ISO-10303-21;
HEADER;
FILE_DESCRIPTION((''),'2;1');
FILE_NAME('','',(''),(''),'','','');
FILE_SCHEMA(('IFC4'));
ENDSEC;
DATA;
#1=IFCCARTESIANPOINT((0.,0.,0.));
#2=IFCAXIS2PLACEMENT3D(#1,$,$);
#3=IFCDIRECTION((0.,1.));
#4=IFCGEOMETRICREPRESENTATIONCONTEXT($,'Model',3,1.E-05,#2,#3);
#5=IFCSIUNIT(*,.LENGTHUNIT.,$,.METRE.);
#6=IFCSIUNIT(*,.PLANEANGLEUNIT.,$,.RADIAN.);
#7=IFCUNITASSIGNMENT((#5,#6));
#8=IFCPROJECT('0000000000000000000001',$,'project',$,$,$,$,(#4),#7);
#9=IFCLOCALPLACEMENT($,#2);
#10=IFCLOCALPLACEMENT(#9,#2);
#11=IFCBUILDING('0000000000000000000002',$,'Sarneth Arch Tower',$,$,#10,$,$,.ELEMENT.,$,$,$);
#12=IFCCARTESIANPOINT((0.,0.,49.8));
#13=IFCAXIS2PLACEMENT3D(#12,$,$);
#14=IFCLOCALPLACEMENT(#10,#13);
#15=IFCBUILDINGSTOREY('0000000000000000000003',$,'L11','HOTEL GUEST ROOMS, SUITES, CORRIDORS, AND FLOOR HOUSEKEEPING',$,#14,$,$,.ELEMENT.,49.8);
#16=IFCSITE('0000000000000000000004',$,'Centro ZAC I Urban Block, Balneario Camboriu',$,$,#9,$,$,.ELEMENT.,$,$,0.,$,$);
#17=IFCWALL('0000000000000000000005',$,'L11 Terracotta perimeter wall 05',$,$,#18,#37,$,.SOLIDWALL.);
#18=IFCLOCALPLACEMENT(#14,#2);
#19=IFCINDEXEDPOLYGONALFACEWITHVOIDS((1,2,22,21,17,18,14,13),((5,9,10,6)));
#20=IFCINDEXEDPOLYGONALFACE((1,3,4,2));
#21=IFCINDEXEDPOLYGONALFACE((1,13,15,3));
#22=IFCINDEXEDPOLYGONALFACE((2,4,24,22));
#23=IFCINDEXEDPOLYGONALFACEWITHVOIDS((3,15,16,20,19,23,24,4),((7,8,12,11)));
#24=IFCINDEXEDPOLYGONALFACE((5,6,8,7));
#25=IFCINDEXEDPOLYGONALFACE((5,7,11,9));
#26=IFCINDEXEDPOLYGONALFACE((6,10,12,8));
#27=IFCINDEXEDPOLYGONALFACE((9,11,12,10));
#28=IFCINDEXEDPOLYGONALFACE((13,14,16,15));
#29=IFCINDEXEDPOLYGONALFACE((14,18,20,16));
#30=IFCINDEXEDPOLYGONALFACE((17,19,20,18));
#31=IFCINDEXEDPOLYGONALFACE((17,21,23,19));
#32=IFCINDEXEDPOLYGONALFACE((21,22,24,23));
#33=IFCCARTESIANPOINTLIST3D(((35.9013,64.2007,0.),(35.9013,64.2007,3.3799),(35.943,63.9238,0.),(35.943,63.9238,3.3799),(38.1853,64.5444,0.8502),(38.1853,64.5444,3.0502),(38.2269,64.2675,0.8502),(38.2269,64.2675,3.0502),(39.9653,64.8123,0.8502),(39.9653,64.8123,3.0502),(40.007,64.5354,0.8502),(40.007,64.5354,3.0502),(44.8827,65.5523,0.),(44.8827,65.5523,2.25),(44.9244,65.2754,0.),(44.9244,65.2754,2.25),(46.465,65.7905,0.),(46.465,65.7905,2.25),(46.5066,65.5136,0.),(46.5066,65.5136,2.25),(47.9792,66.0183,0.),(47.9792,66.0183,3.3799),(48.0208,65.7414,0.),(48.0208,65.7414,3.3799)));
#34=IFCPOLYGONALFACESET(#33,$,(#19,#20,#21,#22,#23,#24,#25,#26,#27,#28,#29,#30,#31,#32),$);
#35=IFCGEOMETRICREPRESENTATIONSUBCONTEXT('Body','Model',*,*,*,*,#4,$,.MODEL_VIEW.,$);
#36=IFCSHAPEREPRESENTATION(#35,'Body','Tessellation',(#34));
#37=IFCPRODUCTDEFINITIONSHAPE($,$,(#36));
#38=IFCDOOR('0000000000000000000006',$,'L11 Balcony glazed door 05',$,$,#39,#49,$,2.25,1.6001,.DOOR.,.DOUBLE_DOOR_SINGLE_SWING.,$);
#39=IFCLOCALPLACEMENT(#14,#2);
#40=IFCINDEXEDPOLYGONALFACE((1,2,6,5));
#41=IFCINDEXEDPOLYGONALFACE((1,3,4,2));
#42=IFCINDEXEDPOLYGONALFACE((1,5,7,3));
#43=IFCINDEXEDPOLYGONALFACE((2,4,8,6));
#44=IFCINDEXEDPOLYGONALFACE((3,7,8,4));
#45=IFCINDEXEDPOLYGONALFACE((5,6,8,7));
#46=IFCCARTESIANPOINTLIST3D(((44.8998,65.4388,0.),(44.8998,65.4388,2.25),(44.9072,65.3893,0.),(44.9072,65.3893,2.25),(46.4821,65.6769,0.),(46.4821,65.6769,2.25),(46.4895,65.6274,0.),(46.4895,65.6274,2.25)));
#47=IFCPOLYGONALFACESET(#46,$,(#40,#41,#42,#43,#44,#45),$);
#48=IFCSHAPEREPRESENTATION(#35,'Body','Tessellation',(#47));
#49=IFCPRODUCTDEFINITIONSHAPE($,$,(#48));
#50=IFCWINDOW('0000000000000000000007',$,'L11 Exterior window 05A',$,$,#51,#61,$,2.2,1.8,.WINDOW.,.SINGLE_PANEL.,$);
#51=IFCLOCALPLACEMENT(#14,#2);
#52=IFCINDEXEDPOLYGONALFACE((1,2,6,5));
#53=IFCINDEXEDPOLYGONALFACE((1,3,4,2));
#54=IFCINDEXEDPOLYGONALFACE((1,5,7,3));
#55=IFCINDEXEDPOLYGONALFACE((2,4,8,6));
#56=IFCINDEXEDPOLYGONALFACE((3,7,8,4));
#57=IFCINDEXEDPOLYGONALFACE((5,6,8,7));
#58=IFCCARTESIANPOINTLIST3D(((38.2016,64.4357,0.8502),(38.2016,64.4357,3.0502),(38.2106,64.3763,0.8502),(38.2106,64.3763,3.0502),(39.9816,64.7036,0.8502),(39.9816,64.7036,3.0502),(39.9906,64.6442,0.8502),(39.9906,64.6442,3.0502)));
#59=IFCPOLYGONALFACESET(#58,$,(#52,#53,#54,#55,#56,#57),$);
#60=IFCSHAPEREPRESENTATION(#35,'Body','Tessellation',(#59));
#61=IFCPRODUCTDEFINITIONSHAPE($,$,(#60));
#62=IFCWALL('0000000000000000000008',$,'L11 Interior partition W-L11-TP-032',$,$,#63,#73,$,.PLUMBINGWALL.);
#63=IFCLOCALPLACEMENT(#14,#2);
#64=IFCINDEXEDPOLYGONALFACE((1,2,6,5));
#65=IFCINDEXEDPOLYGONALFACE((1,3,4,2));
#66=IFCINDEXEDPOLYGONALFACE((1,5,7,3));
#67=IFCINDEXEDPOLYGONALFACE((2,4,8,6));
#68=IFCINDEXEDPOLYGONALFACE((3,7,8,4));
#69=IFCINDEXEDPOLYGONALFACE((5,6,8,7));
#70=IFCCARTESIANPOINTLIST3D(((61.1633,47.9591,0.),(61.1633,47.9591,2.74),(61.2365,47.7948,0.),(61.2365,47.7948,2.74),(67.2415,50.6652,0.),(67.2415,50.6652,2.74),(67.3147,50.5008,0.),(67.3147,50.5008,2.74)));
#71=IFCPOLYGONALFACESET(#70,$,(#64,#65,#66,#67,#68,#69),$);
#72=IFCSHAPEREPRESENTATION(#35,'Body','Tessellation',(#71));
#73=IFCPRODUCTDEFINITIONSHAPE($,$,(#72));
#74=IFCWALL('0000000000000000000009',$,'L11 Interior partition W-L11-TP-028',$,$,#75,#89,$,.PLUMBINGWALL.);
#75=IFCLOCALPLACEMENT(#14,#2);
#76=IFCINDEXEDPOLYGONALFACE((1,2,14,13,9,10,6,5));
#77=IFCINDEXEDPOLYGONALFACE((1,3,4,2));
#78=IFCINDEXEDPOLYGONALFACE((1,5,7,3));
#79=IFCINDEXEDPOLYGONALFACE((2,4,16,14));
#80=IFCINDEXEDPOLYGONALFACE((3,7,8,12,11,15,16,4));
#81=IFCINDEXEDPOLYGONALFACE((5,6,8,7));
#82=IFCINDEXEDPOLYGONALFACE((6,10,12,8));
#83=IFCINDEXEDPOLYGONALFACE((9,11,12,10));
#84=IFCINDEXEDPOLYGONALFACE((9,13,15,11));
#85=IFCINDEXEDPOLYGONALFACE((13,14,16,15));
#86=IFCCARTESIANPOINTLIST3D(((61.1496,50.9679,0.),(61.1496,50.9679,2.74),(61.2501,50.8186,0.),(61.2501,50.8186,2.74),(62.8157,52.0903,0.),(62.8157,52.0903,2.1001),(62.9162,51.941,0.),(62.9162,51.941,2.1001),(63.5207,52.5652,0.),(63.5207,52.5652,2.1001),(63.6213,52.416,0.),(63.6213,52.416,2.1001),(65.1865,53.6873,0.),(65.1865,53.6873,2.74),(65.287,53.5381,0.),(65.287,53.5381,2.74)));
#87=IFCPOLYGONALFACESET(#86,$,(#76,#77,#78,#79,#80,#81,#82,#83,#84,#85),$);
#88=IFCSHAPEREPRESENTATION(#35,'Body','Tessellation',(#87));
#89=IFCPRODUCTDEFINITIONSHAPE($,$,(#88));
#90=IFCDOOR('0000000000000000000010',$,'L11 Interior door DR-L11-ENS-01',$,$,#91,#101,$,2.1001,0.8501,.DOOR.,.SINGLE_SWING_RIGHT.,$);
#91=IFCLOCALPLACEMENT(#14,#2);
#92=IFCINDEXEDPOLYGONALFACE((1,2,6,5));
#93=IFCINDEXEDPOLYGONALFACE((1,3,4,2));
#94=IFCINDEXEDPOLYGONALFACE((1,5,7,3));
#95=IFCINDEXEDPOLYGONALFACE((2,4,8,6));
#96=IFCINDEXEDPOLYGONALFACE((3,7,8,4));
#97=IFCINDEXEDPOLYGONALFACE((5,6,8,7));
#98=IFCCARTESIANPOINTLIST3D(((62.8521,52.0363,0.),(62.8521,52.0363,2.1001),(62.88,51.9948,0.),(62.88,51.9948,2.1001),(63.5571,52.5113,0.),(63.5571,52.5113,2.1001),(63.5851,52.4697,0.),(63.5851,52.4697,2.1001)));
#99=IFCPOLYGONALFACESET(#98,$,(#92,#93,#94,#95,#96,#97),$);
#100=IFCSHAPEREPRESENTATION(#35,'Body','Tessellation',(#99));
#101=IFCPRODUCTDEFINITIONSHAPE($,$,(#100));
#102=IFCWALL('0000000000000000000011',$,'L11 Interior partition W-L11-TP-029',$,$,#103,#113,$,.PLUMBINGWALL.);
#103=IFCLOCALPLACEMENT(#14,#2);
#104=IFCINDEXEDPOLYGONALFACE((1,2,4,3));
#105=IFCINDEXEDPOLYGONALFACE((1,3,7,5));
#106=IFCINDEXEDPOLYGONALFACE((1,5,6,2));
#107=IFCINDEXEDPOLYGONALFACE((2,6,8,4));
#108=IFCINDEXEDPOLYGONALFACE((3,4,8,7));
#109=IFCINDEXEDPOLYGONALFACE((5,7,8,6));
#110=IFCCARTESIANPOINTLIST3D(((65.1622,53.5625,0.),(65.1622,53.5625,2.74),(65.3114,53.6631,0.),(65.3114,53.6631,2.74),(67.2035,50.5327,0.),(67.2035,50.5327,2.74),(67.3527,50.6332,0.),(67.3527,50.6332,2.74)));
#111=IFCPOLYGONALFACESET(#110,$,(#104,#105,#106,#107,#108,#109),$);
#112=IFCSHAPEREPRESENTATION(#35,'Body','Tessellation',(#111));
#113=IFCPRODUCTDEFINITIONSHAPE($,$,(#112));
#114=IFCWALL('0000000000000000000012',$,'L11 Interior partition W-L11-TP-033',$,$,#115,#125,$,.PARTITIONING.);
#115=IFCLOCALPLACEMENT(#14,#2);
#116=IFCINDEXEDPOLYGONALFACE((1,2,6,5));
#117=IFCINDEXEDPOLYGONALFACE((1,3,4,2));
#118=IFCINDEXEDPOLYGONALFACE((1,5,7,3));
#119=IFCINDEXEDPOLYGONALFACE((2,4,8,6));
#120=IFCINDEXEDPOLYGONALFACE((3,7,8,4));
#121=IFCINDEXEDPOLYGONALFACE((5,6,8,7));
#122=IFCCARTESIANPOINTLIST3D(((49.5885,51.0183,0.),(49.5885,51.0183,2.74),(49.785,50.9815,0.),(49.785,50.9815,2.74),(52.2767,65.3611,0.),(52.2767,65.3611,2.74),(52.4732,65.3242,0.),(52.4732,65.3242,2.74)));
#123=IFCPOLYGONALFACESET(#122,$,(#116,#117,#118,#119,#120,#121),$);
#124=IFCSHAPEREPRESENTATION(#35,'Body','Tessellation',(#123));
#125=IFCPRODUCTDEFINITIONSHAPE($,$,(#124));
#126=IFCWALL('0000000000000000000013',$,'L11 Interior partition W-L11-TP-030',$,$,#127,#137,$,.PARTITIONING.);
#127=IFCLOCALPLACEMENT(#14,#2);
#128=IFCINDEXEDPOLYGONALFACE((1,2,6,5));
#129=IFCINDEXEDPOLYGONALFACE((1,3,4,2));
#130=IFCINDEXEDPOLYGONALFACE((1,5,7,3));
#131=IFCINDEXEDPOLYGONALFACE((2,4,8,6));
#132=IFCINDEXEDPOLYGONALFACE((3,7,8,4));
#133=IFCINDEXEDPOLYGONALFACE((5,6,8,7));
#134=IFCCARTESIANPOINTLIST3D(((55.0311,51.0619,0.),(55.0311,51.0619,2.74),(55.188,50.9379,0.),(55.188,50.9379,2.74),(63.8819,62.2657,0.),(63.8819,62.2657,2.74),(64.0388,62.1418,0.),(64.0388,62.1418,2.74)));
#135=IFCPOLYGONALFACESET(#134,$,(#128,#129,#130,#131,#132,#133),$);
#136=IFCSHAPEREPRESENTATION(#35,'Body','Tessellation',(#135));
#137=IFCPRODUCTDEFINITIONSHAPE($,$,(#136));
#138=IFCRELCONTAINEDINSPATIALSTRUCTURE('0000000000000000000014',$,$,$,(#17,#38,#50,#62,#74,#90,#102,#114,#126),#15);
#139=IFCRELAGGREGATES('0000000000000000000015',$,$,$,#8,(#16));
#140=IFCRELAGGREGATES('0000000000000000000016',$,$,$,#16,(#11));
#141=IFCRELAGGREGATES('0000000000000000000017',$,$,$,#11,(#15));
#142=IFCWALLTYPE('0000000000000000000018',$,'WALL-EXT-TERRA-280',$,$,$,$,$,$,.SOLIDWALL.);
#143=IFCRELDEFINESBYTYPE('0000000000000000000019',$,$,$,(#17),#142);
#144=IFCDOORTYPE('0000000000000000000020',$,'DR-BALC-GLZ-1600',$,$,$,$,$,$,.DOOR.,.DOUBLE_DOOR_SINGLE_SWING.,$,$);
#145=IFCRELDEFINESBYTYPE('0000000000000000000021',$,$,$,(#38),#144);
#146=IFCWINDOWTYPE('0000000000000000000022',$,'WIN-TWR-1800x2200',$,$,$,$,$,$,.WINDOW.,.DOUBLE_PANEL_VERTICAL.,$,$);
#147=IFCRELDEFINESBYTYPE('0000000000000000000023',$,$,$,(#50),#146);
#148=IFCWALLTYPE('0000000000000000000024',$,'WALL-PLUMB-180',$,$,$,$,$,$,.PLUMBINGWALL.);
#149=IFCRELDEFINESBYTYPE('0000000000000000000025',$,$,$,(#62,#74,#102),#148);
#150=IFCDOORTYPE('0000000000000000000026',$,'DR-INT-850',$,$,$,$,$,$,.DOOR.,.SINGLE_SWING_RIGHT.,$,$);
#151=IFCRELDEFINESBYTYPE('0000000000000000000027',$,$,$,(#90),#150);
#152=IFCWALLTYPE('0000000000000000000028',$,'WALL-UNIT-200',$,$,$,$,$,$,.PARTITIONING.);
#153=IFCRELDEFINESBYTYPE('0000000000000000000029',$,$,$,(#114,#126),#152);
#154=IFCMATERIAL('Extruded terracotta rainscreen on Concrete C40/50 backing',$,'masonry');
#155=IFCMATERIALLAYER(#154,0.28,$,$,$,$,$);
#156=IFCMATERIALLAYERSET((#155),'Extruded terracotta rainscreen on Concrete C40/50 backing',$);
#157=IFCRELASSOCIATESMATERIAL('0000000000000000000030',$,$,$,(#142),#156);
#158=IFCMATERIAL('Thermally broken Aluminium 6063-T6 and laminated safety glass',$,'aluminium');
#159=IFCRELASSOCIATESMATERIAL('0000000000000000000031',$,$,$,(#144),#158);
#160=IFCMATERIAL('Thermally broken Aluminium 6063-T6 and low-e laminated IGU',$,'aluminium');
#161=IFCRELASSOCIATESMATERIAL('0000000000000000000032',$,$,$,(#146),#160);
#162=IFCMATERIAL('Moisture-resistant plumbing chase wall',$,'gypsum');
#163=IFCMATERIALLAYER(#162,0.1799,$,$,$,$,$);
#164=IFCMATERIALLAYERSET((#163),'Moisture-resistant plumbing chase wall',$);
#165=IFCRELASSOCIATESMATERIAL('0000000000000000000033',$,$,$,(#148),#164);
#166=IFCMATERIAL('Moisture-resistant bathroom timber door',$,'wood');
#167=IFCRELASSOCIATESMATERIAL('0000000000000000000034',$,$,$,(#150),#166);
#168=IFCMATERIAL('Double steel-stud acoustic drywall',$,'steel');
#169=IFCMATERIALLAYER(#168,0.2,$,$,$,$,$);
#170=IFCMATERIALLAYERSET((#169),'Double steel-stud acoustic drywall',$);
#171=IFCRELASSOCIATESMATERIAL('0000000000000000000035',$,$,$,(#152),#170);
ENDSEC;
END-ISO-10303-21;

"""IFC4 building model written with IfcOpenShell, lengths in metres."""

from ifc_helpers import new_model, si_unit, direction, frame, frame_2d, origin, place, context, subcontext, project, spatial, rectangle, extrude, material, layer, layer_set, type_object, element, fill, save


model = new_model("IFC4")

# Units and contexts
model_context = context("Model", 3, precision=1e-05, world=origin(), true_north=direction((0.0, 1.0)))
body_context = subcontext(model_context, "Body", "Model", "MODEL_VIEW")
ifc_project = project(units=[si_unit("LENGTHUNIT", "METRE"), si_unit("PLANEANGLEUNIT", "RADIAN")], contexts=[model_context])

# Site, building, storey
site_placement = place(None, origin())
site = spatial("IfcSite", under=ifc_project, at=site_placement, Name="Centro ZAC I Urban Block, Balneario Camboriu", CompositionType="ELEMENT", RefElevation=0.0)
building_placement = place(site_placement, origin())
building = spatial("IfcBuilding", under=site, at=building_placement, Name="Sarneth Arch Tower", CompositionType="ELEMENT")
storey_placement = place(building_placement, frame((0.0, 0.0, 49.8)))
storey = spatial("IfcBuildingStorey", under=building, at=storey_placement, Name="L11", Description="HOTEL GUEST ROOMS, SUITES, CORRIDORS, AND FLOOR HOUSEKEEPING", CompositionType="ELEMENT", Elevation=49.8)

# Wall, openings, door, window
ifc_material_1 = material(Name="Extruded terracotta rainscreen on Concrete C40/50 backing", Category="masonry")
ifc_layer_1 = layer(ifc_material_1, 0.28)
ifc_layer_set_1 = layer_set([ifc_layer_1], Name="Extruded terracotta rainscreen on Concrete C40/50 backing")
wall_type_1 = type_object("IfcWallType", Name="WALL-EXT-TERRA-280", PredefinedType="SOLIDWALL", material=ifc_layer_set_1)
wall_1_placement = place(storey_placement, frame((48.0, 65.8799, 0.0), z_axis=(0.0, 0.0, 1.0), x_axis=(-0.988865, -0.148816, 0.0)))
wall_1 = element("IfcWall", 1, at=wall_1_placement, inside=storey, type_object=wall_type_1, Name="L11 Terracotta perimeter wall 05", PredefinedType="SOLIDWALL", context=body_context, shape_type="SweptSolid", body=[
    extrude(rectangle(XDim=12.2139, YDim=0.28, at=frame_2d((6.1069, 0.0))), origin(), (0.0, 0.0, 1.0), 3.3799),
])
opening_1_placement = place(wall_1_placement, frame((1.5312, 0.0, 0.0)))
opening_1 = element("IfcOpeningElement", 2, at=opening_1_placement, cuts=wall_1, PredefinedType="OPENING", context=body_context, shape_type="SweptSolid", body=[
    extrude(rectangle(XDim=1.6001, YDim=2.25, at=frame_2d((0.8, 1.125))), frame((0.0, 0.1499, 0.0), z_axis=(0.0, -1.0, 0.0), x_axis=(1.0, 0.0, 0.0)), (0.0, 0.0, 1.0), 0.3),
])
opening_2_placement = place(wall_1_placement, frame((8.1042, 0.0, 0.8501)))
opening_2 = element("IfcOpeningElement", 3, at=opening_2_placement, cuts=wall_1, PredefinedType="OPENING", context=body_context, shape_type="SweptSolid", body=[
    extrude(rectangle(XDim=1.8, YDim=2.2, at=frame_2d((0.8999, 1.1001))), frame((0.0, 0.1499, 0.0), z_axis=(0.0, -1.0, 0.0), x_axis=(1.0, 0.0, 0.0)), (0.0, 0.0, 1.0), 0.3),
])
ifc_material_2 = material(Name="Thermally broken Aluminium 6063-T6 and laminated safety glass", Category="aluminium")
door_type_1 = type_object("IfcDoorType", Name="DR-BALC-GLZ-1600", OperationType="DOUBLE_DOOR_SINGLE_SWING", PredefinedType="DOOR", material=ifc_material_2)
door_1_placement = place(opening_1_placement, origin())
door_1 = element("IfcDoor", 4, at=door_1_placement, inside=storey, type_object=door_type_1, Name="L11 Balcony glazed door 05", OperationType="DOUBLE_DOOR_SINGLE_SWING", OverallHeight=2.25, OverallWidth=1.6001, PredefinedType="DOOR", context=body_context, shape_type="SweptSolid", body=[
    extrude(rectangle(XDim=1.6001, YDim=2.25, at=frame_2d((0.8, 1.125))), frame((0.0, 0.0249, 0.0), z_axis=(0.0, -1.0, 0.0), x_axis=(1.0, 0.0, 0.0)), (0.0, 0.0, 1.0), 0.05),
])
fill(opening_1, door_1)
ifc_material_3 = material(Name="Thermally broken Aluminium 6063-T6 and low-e laminated IGU", Category="aluminium")
window_type = type_object("IfcWindowType", Name="WIN-TWR-1800x2200", PartitioningType="DOUBLE_PANEL_VERTICAL", PredefinedType="WINDOW", material=ifc_material_3)
window_placement = place(opening_2_placement, origin())
window = element("IfcWindow", 5, at=window_placement, inside=storey, type_object=window_type, Name="L11 Exterior window 05A", OverallHeight=2.2, OverallWidth=1.8, PartitioningType="SINGLE_PANEL", PredefinedType="WINDOW", context=body_context, shape_type="SweptSolid", body=[
    extrude(rectangle(XDim=1.8, YDim=2.2, at=frame_2d((0.8999, 1.1001))), frame((0.0, 0.03, 0.0), z_axis=(0.0, -1.0, 0.0), x_axis=(1.0, 0.0, 0.0)), (0.0, 0.0, 1.0), 0.0601),
])
fill(opening_2, window)

# Wall
ifc_material_4 = material(Name="Moisture-resistant plumbing chase wall", Category="gypsum")
ifc_layer_2 = layer(ifc_material_4, 0.1799)
ifc_layer_set_2 = layer_set([ifc_layer_2], Name="Moisture-resistant plumbing chase wall")
wall_type_2 = type_object("IfcWallType", Name="WALL-PLUMB-180", PredefinedType="PLUMBINGWALL", material=ifc_layer_set_2)
wall_2_placement = place(storey_placement, frame((67.2781, 50.583, 0.0), z_axis=(0.0, 0.0, 1.0), x_axis=(-0.913551, -0.406724, 0.0)))
element("IfcWall", 6, at=wall_2_placement, inside=storey, type_object=wall_type_2, Name="L11 Interior partition W-L11-TP-032", PredefinedType="PLUMBINGWALL", context=body_context, shape_type="SweptSolid", body=[
    extrude(rectangle(XDim=6.6533, YDim=0.1799, at=frame_2d((3.3267, 0.0))), origin(), (0.0, 0.0, 1.0), 2.74),
])

# Wall, opening, door
wall_3_placement = place(storey_placement, frame((61.2, 50.8933, 0.0), z_axis=(0.0, 0.0, 1.0), x_axis=(0.829363, 0.55871, 0.0)))
wall_3 = element("IfcWall", 7, at=wall_3_placement, inside=storey, type_object=wall_type_2, Name="L11 Interior partition W-L11-TP-028", PredefinedType="PLUMBINGWALL", context=body_context, shape_type="SweptSolid", body=[
    extrude(rectangle(XDim=4.8674, YDim=0.1799, at=frame_2d((2.4336, 0.0))), origin(), (0.0, 0.0, 1.0), 2.74),
])
opening_3_placement = place(wall_3_placement, frame((2.0088, 0.0, 0.0)))
opening_3 = element("IfcOpeningElement", 8, at=opening_3_placement, cuts=wall_3, PredefinedType="OPENING", context=body_context, shape_type="SweptSolid", body=[
    extrude(rectangle(XDim=0.8501, YDim=2.1001, at=frame_2d((0.425, 1.05))), frame((0.0, 0.0999, 0.0), z_axis=(0.0, -1.0, 0.0), x_axis=(1.0, 0.0, 0.0)), (0.0, 0.0, 1.0), 0.2),
])
ifc_material_5 = material(Name="Moisture-resistant bathroom timber door", Category="wood")
door_type_2 = type_object("IfcDoorType", Name="DR-INT-850", OperationType="SINGLE_SWING_RIGHT", PredefinedType="DOOR", material=ifc_material_5)
door_2_placement = place(opening_3_placement, origin())
door_2 = element("IfcDoor", 9, at=door_2_placement, inside=storey, type_object=door_type_2, Name="L11 Interior door DR-L11-ENS-01", OperationType="SINGLE_SWING_RIGHT", OverallHeight=2.1001, OverallWidth=0.8501, PredefinedType="DOOR", context=body_context, shape_type="SweptSolid", body=[
    extrude(rectangle(XDim=0.8501, YDim=2.1001, at=frame_2d((0.425, 1.05))), frame((0.0, 0.0249, 0.0), z_axis=(0.0, -1.0, 0.0), x_axis=(1.0, 0.0, 0.0)), (0.0, 0.0, 1.0), 0.05),
])
fill(opening_3, door_2)

# Walls
wall_4_placement = place(storey_placement, frame((65.2368, 53.6128, 0.0), z_axis=(0.0, 0.0, 1.0), x_axis=(0.55875, -0.829336, 0.0)))
element("IfcWall", 10, at=wall_4_placement, inside=storey, type_object=wall_type_2, Name="L11 Interior partition W-L11-TP-029", PredefinedType="PLUMBINGWALL", context=body_context, shape_type="SweptSolid", body=[
    extrude(rectangle(XDim=3.6533, YDim=0.1799, at=frame_2d((1.8267, 0.0))), origin(), (0.0, 0.0, 1.0), 2.74),
])
ifc_material_6 = material(Name="Double steel-stud acoustic drywall", Category="steel")
ifc_layer_3 = layer(ifc_material_6, 0.2)
ifc_layer_set_3 = layer_set([ifc_layer_3], Name="Double steel-stud acoustic drywall")
wall_type_3 = type_object("IfcWallType", Name="WALL-UNIT-200", PredefinedType="PARTITIONING", material=ifc_layer_set_3)
wall_5_placement = place(storey_placement, frame((52.375, 65.3428, 0.0), z_axis=(0.0, 0.0, 1.0), x_axis=(-0.18422, -0.982885, 0.0)))
element("IfcWall", 11, at=wall_5_placement, inside=storey, type_object=wall_type_3, Name="L11 Interior partition W-L11-TP-033", PredefinedType="PARTITIONING", context=body_context, shape_type="SweptSolid", body=[
    extrude(rectangle(XDim=14.5925, YDim=0.2, at=frame_2d((7.2964, 0.0))), origin(), (0.0, 0.0, 1.0), 2.74),
])
wall_6_placement = place(storey_placement, frame((63.9604, 62.2039, 0.0), z_axis=(0.0, 0.0, 1.0), x_axis=(-0.619889, -0.784689, 0.0)))
element("IfcWall", 12, at=wall_6_placement, inside=storey, type_object=wall_type_3, Name="L11 Interior partition W-L11-TP-030", PredefinedType="PARTITIONING", context=body_context, shape_type="SweptSolid", body=[
    extrude(rectangle(XDim=14.2781, YDim=0.2, at=frame_2d((7.1392, 0.0))), origin(), (0.0, 0.0, 1.0), 2.74),
])

save(model, "model.ifc")
